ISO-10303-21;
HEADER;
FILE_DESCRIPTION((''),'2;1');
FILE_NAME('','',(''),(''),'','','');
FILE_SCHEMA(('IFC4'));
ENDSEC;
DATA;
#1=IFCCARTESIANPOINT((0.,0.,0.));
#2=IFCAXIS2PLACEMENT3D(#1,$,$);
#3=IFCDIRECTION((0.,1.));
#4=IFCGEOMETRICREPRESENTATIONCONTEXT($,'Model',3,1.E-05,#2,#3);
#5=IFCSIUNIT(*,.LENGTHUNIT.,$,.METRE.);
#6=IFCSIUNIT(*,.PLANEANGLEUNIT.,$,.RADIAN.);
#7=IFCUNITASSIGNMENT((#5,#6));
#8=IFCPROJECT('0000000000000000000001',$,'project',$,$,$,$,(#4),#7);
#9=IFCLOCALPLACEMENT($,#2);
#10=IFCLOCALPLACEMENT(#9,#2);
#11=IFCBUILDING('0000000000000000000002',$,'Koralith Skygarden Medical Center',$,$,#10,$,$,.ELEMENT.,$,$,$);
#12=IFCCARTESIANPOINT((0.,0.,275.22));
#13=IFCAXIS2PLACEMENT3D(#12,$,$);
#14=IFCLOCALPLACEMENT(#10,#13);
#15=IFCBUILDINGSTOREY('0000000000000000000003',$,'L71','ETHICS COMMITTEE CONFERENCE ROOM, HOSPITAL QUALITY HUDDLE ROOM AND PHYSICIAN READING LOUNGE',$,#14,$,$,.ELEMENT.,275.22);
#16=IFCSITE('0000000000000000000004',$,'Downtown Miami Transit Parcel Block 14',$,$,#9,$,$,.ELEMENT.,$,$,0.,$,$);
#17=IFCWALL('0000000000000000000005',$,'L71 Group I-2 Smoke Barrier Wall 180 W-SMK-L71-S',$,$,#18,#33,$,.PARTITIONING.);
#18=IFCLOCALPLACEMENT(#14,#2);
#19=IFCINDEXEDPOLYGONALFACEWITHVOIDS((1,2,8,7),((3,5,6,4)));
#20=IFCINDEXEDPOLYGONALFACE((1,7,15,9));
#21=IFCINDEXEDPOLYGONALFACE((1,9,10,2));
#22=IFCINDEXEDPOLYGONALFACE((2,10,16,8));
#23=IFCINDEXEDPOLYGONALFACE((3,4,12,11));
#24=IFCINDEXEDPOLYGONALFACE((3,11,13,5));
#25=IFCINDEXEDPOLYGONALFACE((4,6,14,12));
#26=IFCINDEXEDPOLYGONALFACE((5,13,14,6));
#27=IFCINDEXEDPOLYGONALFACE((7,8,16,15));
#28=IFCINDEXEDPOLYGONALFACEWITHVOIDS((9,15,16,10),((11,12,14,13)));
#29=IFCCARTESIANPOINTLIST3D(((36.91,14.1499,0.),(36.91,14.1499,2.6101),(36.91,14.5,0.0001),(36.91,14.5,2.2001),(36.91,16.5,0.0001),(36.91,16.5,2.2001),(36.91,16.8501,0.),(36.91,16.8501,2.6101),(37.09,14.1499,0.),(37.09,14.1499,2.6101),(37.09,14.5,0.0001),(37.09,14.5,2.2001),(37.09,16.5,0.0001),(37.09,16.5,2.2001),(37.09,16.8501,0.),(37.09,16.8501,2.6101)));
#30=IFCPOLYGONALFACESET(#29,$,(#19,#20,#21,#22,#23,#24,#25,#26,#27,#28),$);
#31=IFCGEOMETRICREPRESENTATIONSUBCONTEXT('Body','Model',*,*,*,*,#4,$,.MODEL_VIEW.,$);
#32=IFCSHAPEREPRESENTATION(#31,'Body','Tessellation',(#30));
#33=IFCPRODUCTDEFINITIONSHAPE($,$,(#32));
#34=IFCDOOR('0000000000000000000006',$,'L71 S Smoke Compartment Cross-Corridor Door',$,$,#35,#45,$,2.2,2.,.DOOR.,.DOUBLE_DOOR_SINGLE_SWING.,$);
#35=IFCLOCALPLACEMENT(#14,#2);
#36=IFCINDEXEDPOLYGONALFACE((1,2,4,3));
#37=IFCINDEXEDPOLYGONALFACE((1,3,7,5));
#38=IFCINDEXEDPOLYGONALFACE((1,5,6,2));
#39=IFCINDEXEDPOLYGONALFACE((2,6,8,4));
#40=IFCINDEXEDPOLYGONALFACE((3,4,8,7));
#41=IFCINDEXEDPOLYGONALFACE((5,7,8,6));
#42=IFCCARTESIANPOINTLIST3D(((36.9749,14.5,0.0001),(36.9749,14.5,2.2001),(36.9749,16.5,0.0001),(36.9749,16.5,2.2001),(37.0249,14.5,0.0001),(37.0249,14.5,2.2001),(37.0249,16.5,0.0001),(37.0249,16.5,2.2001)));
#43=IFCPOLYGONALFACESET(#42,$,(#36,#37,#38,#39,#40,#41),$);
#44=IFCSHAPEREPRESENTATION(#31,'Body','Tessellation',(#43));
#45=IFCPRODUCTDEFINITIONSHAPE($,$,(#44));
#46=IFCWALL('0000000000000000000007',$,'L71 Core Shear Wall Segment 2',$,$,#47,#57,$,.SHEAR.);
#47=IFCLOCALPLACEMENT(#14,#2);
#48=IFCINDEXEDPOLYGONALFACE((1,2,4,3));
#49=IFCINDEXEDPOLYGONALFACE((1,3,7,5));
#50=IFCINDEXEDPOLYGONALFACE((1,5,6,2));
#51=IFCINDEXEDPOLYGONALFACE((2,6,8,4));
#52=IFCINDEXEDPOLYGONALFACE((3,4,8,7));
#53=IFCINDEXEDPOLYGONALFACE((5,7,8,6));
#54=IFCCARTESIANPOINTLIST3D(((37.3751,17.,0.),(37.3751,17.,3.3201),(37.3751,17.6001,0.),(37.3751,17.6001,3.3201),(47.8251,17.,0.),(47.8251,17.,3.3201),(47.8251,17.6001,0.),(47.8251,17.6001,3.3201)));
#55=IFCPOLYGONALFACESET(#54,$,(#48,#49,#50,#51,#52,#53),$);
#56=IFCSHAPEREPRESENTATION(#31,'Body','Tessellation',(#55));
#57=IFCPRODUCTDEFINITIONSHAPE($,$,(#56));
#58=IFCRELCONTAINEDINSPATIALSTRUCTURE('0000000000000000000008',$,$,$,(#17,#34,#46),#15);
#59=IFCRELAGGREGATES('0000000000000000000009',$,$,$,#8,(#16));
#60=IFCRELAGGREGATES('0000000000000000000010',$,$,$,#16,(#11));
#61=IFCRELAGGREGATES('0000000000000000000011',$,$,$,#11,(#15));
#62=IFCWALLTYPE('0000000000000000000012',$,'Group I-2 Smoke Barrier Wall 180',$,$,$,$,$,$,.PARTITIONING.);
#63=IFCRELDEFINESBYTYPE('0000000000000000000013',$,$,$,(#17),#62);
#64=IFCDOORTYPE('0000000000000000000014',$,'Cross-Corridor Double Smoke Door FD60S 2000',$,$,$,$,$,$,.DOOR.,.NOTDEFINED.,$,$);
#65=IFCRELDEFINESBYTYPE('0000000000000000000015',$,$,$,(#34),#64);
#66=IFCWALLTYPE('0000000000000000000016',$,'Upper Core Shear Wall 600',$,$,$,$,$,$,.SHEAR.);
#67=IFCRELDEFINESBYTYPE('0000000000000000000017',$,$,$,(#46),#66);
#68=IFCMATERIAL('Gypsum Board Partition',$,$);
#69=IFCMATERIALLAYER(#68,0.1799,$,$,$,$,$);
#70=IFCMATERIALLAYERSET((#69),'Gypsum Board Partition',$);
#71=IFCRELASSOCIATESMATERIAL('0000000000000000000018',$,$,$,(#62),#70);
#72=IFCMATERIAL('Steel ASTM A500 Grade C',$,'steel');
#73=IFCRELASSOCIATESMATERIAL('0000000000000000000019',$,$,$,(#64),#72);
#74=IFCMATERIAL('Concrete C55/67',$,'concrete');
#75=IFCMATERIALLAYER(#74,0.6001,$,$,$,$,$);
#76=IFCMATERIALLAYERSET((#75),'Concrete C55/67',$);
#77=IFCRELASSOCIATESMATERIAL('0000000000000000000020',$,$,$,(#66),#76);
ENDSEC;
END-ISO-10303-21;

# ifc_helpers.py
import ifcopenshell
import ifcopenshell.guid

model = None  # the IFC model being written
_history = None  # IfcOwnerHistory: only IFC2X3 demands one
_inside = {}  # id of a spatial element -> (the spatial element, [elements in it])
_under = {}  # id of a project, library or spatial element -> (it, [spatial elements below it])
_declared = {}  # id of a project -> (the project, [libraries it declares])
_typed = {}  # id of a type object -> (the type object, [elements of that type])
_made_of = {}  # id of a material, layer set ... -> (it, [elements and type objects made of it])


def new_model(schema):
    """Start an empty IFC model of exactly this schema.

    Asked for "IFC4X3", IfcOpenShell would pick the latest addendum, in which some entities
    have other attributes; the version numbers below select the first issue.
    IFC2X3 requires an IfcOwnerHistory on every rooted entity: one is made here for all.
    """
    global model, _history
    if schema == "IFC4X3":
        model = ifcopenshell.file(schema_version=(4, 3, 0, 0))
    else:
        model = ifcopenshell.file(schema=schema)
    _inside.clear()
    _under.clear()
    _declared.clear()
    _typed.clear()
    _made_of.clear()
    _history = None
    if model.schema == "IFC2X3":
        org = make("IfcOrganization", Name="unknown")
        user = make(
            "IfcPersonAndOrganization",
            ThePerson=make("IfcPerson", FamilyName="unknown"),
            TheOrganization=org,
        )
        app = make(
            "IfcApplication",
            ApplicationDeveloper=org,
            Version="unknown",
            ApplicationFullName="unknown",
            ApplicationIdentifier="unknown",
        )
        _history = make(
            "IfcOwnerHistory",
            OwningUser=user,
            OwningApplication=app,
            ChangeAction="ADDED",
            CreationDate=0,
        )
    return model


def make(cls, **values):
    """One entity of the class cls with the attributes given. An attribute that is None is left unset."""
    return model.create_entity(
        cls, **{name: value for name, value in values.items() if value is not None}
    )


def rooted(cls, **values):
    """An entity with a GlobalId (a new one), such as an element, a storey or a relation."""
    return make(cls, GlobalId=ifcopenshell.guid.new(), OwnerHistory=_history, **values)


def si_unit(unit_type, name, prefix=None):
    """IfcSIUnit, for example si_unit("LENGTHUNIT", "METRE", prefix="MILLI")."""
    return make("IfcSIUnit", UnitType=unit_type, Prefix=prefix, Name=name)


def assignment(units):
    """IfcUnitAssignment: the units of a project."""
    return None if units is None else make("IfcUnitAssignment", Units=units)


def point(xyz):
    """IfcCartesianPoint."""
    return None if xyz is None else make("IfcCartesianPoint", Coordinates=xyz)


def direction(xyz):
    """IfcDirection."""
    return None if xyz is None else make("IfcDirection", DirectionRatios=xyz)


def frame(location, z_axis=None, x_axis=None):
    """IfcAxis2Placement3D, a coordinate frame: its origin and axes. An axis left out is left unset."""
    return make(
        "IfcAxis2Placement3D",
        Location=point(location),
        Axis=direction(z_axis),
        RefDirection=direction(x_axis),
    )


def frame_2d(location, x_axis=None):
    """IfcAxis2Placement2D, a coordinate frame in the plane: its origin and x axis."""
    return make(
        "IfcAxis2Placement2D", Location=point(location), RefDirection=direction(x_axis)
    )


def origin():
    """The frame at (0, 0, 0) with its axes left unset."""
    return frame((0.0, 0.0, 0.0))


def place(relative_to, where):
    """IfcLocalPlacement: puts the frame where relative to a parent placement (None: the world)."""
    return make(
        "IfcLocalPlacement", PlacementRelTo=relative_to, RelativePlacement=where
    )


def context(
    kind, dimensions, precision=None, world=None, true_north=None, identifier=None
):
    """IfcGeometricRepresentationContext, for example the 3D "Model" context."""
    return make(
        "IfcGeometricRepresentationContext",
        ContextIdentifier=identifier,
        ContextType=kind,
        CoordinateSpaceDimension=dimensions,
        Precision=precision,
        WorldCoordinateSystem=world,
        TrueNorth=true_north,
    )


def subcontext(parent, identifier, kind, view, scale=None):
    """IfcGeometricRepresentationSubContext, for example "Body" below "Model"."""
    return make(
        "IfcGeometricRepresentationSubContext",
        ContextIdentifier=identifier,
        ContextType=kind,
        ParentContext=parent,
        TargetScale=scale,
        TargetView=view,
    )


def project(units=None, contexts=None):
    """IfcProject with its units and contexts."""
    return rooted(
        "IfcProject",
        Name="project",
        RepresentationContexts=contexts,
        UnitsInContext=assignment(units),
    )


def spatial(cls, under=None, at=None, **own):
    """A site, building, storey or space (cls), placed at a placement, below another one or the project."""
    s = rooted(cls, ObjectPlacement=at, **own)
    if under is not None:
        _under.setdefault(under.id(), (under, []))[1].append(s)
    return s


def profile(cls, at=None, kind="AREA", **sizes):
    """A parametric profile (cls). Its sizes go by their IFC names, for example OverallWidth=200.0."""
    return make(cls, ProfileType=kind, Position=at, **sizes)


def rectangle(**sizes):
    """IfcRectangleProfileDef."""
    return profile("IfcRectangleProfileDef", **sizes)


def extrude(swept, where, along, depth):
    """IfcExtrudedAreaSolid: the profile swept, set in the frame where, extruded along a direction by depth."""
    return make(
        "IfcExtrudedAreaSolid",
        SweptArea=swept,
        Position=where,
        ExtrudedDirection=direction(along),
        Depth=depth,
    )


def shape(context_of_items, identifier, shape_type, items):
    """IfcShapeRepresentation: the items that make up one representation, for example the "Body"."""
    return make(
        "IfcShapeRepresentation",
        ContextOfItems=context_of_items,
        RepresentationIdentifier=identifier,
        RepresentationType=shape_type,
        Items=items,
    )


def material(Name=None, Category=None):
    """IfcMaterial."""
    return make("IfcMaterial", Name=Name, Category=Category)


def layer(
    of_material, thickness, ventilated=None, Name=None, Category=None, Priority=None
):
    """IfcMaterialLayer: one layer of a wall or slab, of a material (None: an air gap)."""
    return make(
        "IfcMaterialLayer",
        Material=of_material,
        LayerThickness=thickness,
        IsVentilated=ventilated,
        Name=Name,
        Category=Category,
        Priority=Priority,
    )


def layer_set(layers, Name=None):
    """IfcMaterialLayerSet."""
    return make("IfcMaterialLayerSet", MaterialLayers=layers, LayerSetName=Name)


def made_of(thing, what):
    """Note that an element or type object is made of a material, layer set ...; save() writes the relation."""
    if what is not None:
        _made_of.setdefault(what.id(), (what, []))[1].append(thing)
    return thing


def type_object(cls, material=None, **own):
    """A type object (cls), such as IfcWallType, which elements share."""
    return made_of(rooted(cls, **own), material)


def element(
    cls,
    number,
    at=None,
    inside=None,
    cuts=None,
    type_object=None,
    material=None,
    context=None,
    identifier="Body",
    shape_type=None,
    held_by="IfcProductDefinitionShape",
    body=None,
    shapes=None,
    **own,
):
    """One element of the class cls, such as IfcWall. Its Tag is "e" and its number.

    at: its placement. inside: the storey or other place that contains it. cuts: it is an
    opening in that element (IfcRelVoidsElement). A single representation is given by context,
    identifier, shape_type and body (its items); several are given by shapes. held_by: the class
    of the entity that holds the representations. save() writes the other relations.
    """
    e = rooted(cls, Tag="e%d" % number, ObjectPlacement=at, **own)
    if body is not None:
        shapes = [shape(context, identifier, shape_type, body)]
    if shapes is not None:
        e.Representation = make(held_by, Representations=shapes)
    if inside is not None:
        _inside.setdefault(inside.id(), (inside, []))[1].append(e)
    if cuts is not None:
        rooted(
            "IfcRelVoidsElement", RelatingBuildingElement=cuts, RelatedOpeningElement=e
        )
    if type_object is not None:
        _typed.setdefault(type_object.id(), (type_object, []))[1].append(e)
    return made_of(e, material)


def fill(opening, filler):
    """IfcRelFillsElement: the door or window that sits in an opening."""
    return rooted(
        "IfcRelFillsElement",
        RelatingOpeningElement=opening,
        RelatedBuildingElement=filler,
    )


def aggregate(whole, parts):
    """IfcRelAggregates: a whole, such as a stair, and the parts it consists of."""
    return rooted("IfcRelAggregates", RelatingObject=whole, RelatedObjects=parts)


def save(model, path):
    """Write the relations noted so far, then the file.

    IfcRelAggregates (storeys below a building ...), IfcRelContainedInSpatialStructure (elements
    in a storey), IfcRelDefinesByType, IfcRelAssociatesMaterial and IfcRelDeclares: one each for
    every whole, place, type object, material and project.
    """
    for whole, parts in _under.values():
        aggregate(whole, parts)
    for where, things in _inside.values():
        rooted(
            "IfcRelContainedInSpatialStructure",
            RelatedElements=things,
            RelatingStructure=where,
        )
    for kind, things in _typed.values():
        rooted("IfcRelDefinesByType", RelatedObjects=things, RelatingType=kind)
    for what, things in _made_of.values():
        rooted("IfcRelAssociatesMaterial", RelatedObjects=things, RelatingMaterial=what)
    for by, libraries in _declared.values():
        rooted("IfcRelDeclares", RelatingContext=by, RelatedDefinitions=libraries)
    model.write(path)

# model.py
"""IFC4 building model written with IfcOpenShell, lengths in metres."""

from ifc_helpers import new_model, si_unit, direction, frame, frame_2d, origin, place, context, subcontext, project, spatial, rectangle, extrude, material, layer, layer_set, type_object, element, fill, save


model = new_model("IFC4")

# Units and contexts
model_context = context("Model", 3, precision=1e-05, world=origin(), true_north=direction((0.0, 1.0)))
body_context = subcontext(model_context, "Body", "Model", "MODEL_VIEW")
ifc_project = project(units=[si_unit("LENGTHUNIT", "METRE"), si_unit("PLANEANGLEUNIT", "RADIAN")], contexts=[model_context])

# Site, building, storey
site_placement = place(None, origin())
site = spatial("IfcSite", under=ifc_project, at=site_placement, Name="Downtown Miami Transit Parcel Block 14", CompositionType="ELEMENT", RefElevation=0.0)
building_placement = place(site_placement, origin())
building = spatial("IfcBuilding", under=site, at=building_placement, Name="Koralith Skygarden Medical Center", CompositionType="ELEMENT")
storey_placement = place(building_placement, frame((0.0, 0.0, 275.22)))
storey = spatial("IfcBuildingStorey", under=building, at=storey_placement, Name="L71", Description="ETHICS COMMITTEE CONFERENCE ROOM, HOSPITAL QUALITY HUDDLE ROOM AND PHYSICIAN READING LOUNGE", CompositionType="ELEMENT", Elevation=275.22)

# Shared definitions
ifc_material_1 = material(Name="Concrete C55/67", Category="concrete")

# Shared definitions
ifc_material_2 = material(Name="Gypsum Board Partition")

# Wall, opening, door
ifc_layer_1 = layer(ifc_material_2, 0.1799)
ifc_layer_set_1 = layer_set([ifc_layer_1], Name="Gypsum Board Partition")
wall_type_1 = type_object("IfcWallType", Name="Group I-2 Smoke Barrier Wall 180", PredefinedType="PARTITIONING", material=ifc_layer_set_1)
wall_1_placement = place(storey_placement, frame((37.0, 14.1499, 0.0), z_axis=(0.0, 0.0, 1.0), x_axis=(0.0, 1.0, 0.0)))
wall_1 = element("IfcWall", 1, at=wall_1_placement, inside=storey, type_object=wall_type_1, Name="L71 Group I-2 Smoke Barrier Wall 180 W-SMK-L71-S", PredefinedType="PARTITIONING", context=body_context, shape_type="SweptSolid", body=[
    extrude(rectangle(XDim=2.7002, YDim=0.1799, at=frame_2d((1.3501, 0.0))), origin(), (0.0, 0.0, 1.0), 2.6101),
])
opening_1_placement = place(wall_1_placement, frame((0.3501, 0.0, 0.0)))
opening_1 = element("IfcOpeningElement", 2, at=opening_1_placement, cuts=wall_1, PredefinedType="OPENING", context=body_context, shape_type="SweptSolid", body=[
    extrude(rectangle(XDim=2.0, YDim=2.2, at=frame_2d((1.0, 1.1001))), frame((0.0, 0.0999, 0.0), z_axis=(0.0, -1.0, 0.0), x_axis=(1.0, 0.0, 0.0)), (0.0, 0.0, 1.0), 0.2),
])
ifc_material_3 = material(Name="Steel ASTM A500 Grade C", Category="steel")
door_type_1 = type_object("IfcDoorType", Name="Cross-Corridor Double Smoke Door FD60S 2000", OperationType="NOTDEFINED", PredefinedType="DOOR", material=ifc_material_3)
door_1_placement = place(opening_1_placement, frame((2.0, 0.0, 0.0), z_axis=(0.0, 0.0, 1.0), x_axis=(-1.0, 0.0, 0.0)))
door_1 = element("IfcDoor", 3, at=door_1_placement, inside=storey, type_object=door_type_1, Name="L71 S Smoke Compartment Cross-Corridor Door", OperationType="DOUBLE_DOOR_SINGLE_SWING", OverallHeight=2.2, OverallWidth=2.0, PredefinedType="DOOR", context=body_context, shape_type="SweptSolid", body=[
    extrude(rectangle(XDim=2.0, YDim=2.2, at=frame_2d((1.0, 1.1001))), frame((0.0, 0.0249, 0.0), z_axis=(0.0, -1.0, 0.0), x_axis=(1.0, 0.0, 0.0)), (0.0, 0.0, 1.0), 0.05),
])
fill(opening_1, door_1)

# Wall
ifc_layer_2 = layer(ifc_material_1, 0.6001)
ifc_layer_set_2 = layer_set([ifc_layer_2], Name="Concrete C55/67")
wall_type_2 = type_object("IfcWallType", Name="Upper Core Shear Wall 600", PredefinedType="SHEAR", material=ifc_layer_set_2)
wall_2_placement = place(storey_placement, frame((37.375, 17.3, 0.0), z_axis=(0.0, 0.0, 1.0), x_axis=(1.0, 0.0, 0.0)))
element("IfcWall", 4, at=wall_2_placement, inside=storey, type_object=wall_type_2, Name="L71 Core Shear Wall Segment 2", PredefinedType="SHEAR", context=body_context, shape_type="SweptSolid", body=[
    extrude(rectangle(XDim=10.45, YDim=0.6001, at=frame_2d((5.2251, 0.0))), origin(), (0.0, 0.0, 1.0), 3.3201),
])

save(model, "model.ifc")
